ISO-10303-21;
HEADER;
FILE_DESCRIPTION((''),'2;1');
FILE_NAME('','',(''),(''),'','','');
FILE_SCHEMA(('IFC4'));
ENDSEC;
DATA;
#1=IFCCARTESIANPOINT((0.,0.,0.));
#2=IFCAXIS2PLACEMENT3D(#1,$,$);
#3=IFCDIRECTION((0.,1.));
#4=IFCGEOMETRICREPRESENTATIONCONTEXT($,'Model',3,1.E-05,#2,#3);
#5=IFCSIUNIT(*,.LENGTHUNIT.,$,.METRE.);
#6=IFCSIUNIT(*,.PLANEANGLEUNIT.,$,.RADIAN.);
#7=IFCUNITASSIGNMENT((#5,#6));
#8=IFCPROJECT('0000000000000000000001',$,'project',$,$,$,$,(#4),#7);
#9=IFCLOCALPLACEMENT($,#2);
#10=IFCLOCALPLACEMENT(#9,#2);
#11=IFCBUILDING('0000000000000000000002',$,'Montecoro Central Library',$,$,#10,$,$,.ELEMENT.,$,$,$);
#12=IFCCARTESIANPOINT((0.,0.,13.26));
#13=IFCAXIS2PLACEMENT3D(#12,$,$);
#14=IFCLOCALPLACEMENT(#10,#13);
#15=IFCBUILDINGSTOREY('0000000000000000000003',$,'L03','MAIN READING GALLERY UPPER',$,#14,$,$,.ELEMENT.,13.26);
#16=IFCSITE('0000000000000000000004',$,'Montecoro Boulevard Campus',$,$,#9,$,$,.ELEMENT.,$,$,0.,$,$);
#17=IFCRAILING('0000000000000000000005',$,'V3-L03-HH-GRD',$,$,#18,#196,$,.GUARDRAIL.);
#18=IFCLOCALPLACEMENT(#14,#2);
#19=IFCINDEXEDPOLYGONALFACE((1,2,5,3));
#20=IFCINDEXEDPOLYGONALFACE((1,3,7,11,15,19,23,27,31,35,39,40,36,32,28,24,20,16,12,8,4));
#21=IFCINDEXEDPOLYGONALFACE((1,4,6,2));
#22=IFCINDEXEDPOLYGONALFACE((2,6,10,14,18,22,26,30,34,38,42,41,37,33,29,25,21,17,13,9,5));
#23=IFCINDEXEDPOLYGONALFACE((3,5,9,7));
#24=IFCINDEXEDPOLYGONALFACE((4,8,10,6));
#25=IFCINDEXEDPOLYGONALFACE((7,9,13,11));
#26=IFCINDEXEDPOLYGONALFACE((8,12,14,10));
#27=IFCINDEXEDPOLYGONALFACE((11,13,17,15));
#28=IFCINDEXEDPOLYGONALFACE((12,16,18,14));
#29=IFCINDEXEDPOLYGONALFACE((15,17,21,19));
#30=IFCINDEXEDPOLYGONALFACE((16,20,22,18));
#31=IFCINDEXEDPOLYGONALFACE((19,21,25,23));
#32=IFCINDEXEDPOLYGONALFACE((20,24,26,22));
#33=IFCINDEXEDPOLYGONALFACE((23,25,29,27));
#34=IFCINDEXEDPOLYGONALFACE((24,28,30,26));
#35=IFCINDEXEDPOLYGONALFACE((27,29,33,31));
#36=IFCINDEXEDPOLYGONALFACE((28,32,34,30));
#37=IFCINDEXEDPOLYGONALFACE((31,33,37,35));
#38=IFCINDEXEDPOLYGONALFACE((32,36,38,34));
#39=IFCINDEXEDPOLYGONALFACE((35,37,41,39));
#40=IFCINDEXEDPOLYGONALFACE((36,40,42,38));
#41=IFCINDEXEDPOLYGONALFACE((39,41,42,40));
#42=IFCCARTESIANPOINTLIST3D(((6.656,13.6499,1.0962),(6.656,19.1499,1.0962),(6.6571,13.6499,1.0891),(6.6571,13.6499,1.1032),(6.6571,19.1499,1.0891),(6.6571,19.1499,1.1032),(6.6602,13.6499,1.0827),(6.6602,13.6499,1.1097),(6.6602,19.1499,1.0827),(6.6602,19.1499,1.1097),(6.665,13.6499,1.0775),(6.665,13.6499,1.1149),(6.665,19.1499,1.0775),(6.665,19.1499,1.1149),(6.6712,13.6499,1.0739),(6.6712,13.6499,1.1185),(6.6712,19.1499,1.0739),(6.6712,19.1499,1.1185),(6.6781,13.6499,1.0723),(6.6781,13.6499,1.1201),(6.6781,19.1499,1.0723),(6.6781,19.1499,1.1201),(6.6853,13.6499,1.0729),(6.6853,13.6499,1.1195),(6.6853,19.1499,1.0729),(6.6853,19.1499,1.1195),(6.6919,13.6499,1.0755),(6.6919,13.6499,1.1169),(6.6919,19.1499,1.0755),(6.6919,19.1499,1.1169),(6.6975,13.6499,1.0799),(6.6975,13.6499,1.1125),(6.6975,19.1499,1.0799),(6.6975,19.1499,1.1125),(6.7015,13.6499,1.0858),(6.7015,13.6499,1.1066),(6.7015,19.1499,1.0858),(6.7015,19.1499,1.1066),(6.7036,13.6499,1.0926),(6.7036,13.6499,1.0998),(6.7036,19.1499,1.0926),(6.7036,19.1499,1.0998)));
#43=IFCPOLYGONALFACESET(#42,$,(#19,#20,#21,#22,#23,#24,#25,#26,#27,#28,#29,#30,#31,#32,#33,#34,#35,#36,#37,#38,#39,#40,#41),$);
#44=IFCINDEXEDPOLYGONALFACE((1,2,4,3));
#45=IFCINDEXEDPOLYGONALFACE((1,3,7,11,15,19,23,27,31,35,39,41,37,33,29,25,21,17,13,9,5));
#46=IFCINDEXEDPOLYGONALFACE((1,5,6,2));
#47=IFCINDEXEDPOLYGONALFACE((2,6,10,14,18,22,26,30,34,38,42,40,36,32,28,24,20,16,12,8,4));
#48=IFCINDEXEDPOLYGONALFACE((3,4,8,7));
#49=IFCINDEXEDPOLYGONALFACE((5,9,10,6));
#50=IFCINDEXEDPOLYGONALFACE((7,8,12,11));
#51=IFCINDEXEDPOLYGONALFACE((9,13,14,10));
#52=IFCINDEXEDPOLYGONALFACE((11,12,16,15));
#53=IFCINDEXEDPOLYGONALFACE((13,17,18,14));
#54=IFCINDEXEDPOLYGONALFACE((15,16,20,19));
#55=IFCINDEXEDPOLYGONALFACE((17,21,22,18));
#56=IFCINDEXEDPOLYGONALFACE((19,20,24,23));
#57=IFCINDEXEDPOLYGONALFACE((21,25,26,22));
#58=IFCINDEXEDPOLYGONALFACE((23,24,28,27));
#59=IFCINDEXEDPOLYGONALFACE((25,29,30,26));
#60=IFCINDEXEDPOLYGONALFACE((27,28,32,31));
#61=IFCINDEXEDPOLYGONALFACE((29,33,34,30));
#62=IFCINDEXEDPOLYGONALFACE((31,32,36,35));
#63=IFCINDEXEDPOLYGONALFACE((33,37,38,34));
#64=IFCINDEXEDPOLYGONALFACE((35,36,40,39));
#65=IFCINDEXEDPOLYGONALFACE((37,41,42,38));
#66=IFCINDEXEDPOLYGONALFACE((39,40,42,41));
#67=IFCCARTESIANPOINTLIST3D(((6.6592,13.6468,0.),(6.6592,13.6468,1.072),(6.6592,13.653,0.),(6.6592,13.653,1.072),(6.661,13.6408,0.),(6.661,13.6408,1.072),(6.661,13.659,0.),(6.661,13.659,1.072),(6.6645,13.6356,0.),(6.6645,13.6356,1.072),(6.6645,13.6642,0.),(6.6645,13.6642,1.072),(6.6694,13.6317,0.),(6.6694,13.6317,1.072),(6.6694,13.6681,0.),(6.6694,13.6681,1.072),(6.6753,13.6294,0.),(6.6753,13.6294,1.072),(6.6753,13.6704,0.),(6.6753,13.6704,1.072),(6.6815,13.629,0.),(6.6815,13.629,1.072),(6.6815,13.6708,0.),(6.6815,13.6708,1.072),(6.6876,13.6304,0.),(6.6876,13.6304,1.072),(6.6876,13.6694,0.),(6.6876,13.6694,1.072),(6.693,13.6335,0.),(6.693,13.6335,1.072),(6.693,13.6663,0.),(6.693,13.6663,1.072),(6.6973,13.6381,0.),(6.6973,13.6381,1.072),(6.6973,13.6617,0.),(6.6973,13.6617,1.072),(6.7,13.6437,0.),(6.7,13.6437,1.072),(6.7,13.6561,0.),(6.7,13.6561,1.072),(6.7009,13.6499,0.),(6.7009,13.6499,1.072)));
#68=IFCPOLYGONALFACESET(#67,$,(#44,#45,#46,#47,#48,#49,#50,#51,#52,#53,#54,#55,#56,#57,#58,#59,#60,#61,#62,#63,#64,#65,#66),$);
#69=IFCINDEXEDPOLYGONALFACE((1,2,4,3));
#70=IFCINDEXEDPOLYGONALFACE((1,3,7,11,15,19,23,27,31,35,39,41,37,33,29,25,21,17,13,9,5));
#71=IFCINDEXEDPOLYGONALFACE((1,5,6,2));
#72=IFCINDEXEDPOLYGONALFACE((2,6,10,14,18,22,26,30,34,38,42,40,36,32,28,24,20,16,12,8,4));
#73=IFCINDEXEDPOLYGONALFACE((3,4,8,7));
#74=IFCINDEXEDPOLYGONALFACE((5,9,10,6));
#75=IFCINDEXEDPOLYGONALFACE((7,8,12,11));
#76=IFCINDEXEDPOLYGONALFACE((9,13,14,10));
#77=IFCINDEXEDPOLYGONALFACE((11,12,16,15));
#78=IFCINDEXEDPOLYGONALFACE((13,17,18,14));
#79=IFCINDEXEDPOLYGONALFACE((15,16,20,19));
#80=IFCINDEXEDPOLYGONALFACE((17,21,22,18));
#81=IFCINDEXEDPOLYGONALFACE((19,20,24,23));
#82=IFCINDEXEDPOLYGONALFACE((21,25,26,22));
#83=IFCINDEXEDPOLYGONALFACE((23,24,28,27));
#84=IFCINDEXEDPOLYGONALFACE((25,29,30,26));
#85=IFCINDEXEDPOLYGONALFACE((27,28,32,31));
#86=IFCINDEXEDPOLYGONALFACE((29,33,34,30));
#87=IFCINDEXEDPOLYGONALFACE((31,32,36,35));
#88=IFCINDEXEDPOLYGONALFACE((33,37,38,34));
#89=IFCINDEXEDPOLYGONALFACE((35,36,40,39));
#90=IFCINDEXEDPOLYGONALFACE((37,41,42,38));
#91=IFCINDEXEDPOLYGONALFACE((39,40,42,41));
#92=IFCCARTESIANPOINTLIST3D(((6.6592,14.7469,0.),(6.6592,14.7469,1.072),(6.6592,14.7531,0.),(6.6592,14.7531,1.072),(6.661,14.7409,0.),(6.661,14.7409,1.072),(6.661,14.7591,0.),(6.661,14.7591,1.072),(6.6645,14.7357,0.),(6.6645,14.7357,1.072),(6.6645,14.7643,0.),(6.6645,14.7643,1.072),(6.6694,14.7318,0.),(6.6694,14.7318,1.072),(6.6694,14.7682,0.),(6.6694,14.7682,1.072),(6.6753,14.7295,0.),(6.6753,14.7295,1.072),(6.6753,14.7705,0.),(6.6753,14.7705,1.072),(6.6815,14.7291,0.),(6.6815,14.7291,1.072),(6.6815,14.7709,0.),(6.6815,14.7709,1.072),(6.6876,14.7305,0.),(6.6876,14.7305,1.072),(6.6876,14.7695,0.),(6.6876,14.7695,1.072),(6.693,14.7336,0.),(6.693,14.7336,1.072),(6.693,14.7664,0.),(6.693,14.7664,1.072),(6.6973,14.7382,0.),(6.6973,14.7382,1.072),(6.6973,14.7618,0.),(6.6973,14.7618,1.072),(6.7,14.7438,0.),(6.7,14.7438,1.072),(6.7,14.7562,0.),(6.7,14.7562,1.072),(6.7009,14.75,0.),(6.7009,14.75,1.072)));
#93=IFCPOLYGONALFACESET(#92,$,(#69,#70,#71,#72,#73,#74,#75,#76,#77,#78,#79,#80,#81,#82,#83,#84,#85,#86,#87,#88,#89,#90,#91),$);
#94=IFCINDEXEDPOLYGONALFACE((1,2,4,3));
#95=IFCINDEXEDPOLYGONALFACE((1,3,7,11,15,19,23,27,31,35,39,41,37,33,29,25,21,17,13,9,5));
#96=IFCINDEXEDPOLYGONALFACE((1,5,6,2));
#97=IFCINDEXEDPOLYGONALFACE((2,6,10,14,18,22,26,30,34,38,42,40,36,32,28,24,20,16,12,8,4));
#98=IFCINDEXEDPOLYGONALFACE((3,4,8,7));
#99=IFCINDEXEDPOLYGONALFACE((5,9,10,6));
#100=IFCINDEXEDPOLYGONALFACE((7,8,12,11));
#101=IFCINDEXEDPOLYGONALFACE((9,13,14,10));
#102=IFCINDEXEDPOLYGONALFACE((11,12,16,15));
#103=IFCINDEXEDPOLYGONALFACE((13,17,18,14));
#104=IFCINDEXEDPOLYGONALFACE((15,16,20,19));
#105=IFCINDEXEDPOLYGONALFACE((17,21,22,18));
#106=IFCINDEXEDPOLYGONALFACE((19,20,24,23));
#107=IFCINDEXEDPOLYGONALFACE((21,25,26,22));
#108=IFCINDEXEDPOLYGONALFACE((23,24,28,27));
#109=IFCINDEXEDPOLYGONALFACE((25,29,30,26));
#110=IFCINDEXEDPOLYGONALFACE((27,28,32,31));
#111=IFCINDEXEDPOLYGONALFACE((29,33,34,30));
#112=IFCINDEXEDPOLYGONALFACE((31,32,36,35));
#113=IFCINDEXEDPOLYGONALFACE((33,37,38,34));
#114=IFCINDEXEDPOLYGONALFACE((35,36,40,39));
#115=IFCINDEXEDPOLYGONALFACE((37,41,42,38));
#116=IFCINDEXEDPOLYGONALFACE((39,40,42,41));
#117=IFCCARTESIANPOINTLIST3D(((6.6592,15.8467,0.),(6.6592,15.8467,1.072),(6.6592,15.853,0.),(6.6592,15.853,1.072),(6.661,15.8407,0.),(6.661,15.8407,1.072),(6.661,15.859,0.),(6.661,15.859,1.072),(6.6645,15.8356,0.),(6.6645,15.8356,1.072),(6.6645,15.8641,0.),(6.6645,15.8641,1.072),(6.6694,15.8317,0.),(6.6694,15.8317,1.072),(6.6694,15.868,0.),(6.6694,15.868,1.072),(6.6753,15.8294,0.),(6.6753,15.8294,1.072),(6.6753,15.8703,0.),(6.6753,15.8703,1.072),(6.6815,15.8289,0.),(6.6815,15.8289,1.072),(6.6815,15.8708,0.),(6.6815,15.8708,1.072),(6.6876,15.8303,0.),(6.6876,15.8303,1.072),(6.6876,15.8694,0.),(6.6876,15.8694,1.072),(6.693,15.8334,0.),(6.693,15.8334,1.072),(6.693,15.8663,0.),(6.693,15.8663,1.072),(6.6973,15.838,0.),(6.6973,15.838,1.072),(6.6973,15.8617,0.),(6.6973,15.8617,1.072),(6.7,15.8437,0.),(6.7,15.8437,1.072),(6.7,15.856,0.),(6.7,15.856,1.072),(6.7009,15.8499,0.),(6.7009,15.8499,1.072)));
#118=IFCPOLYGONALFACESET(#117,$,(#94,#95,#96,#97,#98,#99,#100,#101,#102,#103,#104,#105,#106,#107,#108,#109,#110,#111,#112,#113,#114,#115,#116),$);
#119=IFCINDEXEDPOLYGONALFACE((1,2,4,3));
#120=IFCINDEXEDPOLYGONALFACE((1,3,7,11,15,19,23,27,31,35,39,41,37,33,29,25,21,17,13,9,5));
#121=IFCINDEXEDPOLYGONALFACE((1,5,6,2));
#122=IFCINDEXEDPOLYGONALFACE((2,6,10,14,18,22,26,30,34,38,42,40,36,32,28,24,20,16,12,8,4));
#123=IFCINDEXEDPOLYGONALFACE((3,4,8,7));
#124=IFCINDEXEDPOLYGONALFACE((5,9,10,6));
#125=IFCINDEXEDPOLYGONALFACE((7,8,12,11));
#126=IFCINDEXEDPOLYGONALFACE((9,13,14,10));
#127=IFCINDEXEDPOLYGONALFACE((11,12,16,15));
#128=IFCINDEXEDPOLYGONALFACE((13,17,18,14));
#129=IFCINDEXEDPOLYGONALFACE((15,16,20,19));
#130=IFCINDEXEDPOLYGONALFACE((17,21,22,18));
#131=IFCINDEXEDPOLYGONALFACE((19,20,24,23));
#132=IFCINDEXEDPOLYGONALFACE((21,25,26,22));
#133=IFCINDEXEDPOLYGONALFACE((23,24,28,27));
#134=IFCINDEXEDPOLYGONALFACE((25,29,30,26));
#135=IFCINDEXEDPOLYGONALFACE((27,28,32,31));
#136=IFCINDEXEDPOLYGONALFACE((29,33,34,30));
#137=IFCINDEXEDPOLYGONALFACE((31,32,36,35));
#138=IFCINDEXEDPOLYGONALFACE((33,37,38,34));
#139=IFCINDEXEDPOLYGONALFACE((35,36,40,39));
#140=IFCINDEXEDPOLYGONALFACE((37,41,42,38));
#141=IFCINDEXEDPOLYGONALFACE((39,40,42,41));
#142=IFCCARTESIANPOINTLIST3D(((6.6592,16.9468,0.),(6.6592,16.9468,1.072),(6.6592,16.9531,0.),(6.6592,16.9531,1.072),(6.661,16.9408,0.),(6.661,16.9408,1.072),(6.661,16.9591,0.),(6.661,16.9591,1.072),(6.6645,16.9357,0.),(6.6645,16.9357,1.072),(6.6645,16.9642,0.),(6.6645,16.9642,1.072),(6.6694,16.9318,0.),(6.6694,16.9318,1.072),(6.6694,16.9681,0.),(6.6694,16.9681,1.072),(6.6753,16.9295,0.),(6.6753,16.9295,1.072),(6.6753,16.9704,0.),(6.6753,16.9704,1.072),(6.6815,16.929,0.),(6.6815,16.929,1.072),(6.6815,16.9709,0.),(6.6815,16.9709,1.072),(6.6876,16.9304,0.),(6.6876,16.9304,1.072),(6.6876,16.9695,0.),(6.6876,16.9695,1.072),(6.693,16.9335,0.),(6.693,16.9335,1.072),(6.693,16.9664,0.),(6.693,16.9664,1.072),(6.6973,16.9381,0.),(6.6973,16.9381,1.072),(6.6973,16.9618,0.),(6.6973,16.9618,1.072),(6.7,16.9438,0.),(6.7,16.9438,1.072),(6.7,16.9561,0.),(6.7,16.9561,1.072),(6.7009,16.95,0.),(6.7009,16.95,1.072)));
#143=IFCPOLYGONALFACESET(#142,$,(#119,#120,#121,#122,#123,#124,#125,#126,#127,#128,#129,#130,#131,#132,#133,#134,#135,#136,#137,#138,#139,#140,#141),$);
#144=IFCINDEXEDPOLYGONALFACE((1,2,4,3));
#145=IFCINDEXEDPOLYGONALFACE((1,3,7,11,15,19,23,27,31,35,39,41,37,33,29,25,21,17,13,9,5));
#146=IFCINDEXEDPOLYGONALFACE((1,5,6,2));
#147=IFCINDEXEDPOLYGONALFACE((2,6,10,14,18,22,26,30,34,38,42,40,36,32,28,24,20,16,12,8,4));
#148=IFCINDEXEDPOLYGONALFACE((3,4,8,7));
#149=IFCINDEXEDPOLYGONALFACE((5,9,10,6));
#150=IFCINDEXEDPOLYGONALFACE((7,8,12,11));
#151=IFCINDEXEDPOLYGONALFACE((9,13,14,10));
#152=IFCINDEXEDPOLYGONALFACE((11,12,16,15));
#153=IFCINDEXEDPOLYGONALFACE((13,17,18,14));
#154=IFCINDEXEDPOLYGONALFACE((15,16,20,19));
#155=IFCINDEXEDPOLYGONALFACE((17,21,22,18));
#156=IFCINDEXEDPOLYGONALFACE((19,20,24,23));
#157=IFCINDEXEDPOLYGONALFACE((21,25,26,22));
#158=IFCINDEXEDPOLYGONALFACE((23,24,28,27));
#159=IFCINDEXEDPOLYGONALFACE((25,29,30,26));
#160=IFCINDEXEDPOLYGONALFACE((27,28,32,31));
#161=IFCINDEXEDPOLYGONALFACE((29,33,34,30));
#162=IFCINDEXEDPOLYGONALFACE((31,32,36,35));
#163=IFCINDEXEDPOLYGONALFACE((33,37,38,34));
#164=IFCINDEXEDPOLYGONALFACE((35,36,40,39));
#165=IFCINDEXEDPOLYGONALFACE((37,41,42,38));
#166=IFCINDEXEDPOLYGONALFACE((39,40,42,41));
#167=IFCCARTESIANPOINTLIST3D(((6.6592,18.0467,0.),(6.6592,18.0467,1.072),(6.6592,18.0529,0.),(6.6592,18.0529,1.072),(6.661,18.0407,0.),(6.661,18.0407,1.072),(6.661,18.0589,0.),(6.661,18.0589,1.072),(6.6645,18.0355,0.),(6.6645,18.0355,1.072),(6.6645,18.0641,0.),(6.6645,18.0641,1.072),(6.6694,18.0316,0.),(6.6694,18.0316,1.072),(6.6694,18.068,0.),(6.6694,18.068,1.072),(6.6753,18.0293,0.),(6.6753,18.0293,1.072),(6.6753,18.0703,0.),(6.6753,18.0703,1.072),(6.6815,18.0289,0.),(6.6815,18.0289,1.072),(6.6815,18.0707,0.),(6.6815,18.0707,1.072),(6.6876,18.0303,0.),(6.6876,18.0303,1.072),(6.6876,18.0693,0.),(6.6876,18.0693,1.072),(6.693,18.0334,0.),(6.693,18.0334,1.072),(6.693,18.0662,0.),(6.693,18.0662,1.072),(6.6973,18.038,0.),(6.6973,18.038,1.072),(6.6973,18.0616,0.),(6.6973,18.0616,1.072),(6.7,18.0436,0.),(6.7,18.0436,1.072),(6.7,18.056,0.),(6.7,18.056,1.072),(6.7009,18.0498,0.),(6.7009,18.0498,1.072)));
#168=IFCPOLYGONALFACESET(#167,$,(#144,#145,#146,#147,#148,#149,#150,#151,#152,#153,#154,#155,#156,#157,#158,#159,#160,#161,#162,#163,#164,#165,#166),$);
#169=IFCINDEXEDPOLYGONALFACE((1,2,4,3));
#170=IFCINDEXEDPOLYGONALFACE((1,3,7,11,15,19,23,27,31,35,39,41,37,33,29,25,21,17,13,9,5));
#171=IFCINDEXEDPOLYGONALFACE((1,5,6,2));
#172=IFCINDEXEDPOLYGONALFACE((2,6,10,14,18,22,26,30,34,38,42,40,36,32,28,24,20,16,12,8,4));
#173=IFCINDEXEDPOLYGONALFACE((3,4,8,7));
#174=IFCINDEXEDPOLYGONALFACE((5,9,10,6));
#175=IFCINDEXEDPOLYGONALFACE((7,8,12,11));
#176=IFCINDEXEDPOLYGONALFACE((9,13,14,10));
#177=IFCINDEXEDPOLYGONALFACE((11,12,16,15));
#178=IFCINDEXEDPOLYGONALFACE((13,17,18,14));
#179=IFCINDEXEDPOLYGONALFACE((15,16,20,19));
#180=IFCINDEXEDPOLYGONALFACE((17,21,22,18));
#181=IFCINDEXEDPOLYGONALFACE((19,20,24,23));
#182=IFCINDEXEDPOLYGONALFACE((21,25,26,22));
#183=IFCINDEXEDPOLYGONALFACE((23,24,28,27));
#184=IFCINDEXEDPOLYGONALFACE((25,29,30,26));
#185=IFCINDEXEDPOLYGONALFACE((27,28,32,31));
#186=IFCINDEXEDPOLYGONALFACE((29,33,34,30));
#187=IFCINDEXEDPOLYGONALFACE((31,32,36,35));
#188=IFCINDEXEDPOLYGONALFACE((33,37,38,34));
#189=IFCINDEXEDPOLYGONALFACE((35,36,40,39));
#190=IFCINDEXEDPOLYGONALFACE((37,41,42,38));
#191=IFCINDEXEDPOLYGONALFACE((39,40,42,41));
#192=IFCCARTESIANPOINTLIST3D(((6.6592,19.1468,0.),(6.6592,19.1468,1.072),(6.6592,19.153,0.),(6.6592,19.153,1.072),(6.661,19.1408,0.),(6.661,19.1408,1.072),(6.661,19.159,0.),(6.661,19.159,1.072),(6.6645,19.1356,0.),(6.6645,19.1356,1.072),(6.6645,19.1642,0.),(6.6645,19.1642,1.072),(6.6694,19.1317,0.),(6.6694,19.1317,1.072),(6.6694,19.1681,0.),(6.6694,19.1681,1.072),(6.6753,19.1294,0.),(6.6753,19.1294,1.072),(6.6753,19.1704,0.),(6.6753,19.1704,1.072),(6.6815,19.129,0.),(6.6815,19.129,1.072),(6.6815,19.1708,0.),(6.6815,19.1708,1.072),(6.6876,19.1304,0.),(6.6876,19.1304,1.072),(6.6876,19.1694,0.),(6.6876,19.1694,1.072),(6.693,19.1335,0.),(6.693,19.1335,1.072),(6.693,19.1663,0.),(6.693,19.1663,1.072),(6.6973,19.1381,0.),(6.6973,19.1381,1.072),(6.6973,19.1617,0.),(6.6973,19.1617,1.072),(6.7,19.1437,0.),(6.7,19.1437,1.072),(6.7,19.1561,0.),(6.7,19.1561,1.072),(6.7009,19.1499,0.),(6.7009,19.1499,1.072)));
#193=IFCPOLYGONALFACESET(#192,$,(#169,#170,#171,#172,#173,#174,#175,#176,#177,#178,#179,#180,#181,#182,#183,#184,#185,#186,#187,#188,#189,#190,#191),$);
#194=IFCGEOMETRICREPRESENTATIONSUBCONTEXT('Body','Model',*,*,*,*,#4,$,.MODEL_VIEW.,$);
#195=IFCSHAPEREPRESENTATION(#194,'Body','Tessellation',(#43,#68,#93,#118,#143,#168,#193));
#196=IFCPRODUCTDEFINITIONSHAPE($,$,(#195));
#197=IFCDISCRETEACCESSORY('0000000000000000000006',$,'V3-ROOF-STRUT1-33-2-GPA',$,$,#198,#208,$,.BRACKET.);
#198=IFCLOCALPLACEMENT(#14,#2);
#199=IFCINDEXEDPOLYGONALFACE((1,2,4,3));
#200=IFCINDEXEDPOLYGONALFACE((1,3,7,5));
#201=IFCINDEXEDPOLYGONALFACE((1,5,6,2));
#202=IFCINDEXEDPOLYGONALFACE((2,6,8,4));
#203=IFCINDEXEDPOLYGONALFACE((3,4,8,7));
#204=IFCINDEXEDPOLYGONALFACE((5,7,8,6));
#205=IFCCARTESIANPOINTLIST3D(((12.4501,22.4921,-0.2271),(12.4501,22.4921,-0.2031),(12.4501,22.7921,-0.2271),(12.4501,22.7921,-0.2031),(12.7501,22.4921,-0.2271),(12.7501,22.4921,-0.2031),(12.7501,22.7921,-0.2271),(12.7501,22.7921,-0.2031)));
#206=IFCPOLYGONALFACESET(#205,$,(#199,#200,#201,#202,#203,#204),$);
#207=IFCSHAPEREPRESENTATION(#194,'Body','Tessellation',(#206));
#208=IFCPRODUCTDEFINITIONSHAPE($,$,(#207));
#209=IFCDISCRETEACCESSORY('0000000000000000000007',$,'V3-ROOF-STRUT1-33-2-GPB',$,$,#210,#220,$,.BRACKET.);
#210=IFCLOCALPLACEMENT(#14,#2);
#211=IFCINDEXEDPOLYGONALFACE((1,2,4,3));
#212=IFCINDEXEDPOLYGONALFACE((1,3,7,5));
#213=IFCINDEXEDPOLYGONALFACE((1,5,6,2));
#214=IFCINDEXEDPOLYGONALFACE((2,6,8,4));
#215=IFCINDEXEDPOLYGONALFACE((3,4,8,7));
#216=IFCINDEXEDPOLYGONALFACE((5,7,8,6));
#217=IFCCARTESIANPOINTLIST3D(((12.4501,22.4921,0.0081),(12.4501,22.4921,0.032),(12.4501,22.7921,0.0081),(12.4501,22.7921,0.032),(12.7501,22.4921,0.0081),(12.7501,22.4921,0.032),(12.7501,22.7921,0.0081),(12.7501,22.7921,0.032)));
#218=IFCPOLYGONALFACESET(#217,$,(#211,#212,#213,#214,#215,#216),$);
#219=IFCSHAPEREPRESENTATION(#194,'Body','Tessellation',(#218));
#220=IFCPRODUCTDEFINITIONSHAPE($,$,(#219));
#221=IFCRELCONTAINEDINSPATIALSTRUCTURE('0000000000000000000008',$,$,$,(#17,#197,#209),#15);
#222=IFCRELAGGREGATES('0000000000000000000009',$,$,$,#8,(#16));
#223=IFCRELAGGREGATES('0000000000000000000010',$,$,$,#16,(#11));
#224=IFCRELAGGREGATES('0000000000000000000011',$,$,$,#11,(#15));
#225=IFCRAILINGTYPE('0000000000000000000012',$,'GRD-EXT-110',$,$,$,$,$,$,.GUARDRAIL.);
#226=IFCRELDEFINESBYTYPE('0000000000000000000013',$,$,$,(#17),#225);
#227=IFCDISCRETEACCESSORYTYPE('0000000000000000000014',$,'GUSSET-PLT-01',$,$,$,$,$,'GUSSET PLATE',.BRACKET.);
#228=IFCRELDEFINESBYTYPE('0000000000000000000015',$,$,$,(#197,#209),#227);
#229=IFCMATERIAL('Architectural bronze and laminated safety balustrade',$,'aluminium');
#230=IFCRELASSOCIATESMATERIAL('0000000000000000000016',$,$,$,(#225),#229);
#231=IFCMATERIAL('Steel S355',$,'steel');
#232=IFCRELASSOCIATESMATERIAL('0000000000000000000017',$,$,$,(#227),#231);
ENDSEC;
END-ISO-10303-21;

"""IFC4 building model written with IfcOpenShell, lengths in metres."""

from ifc_helpers import new_model, si_unit, direction, frame, origin, origin_2d, place, context, subcontext, project, spatial, rectangle, circle, extrude, material, type_object, element, save


model = new_model("IFC4")

# Units and contexts
model_context = context("Model", 3, precision=1e-05, world=origin(), true_north=direction((0.0, 1.0)))
body_context = subcontext(model_context, "Body", "Model", "MODEL_VIEW")
ifc_project = project(units=[si_unit("LENGTHUNIT", "METRE"), si_unit("PLANEANGLEUNIT", "RADIAN")], contexts=[model_context])

# Site, building, storey
site_placement = place(None, origin())
site = spatial("IfcSite", under=ifc_project, at=site_placement, Name="Montecoro Boulevard Campus", CompositionType="ELEMENT", RefElevation=0.0)
building_placement = place(site_placement, origin())
building = spatial("IfcBuilding", under=site, at=building_placement, Name="Montecoro Central Library", CompositionType="ELEMENT")
storey_placement = place(building_placement, frame((0.0, 0.0, 13.26)))
storey = spatial("IfcBuildingStorey", under=building, at=storey_placement, Name="L03", Description="MAIN READING GALLERY UPPER", CompositionType="ELEMENT", Elevation=13.26)

# Shared definitions
ifc_material_1 = material(Name="Steel S355", Category="steel")

# Railing
ifc_material_2 = material(Name="Architectural bronze and laminated safety balustrade", Category="aluminium")
railing_type = type_object("IfcRailingType", Name="GRD-EXT-110", PredefinedType="GUARDRAIL", material=ifc_material_2)
railing_placement = place(storey_placement, frame((6.6799, 13.6499, 0.0)))
element("IfcRailing", 1, at=railing_placement, inside=storey, type_object=railing_type, Name="V3-L03-HH-GRD", PredefinedType="GUARDRAIL", context=body_context, shape_type="SweptSolid", body=[
    extrude(circle(Radius=0.0239, at=origin_2d()), frame((0.0, 0.0, 1.0962), z_axis=(0.0, 1.0, 0.0), x_axis=(-1.0, 0.0, 0.0)), (0.0, 0.0, 1.0), 5.5),
    extrude(circle(Radius=0.021, at=origin_2d()), origin(), (0.0, 0.0, 1.0), 1.072),
    extrude(circle(Radius=0.021, at=origin_2d()), frame((0.0, 1.1001, 0.0)), (0.0, 0.0, 1.0), 1.072),
    extrude(circle(Radius=0.021, at=origin_2d()), frame((0.0, 2.2, 0.0)), (0.0, 0.0, 1.0), 1.072),
    extrude(circle(Radius=0.021, at=origin_2d()), frame((0.0, 3.3, 0.0)), (0.0, 0.0, 1.0), 1.072),
    extrude(circle(Radius=0.021, at=origin_2d()), frame((0.0, 4.3999, 0.0)), (0.0, 0.0, 1.0), 1.072),
    extrude(circle(Radius=0.021, at=origin_2d()), frame((0.0, 5.5, 0.0)), (0.0, 0.0, 1.0), 1.072),
])

# Discrete accessories
discrete_accessory_type = type_object("IfcDiscreteAccessoryType", Name="GUSSET-PLT-01", ElementType="GUSSET PLATE", PredefinedType="BRACKET", material=ifc_material_1)
for number, where, z_axis, x_axis, name in (
    (2, (12.6001, 22.6421, -0.2271), (0.0, 0.0, 1.0), (1.0, 0.0, 0.0), "V3-ROOF-STRUT1-33-2-GPA"),
    (3, (12.6001, 22.6421, 0.0081), (0.0, 0.0, 1.0), (1.0, 0.0, 0.0), "V3-ROOF-STRUT1-33-2-GPB"),
):
    element("IfcDiscreteAccessory", number, at=place(storey_placement, frame(where, z_axis=z_axis, x_axis=x_axis)), inside=storey, type_object=discrete_accessory_type, Name=name, PredefinedType="BRACKET", context=body_context, shape_type="SweptSolid", body=[
        extrude(rectangle(XDim=0.3, YDim=0.3, at=origin_2d()), origin(), (0.0, 0.0, 1.0), 0.0239),
    ])

save(model, "model.ifc")
